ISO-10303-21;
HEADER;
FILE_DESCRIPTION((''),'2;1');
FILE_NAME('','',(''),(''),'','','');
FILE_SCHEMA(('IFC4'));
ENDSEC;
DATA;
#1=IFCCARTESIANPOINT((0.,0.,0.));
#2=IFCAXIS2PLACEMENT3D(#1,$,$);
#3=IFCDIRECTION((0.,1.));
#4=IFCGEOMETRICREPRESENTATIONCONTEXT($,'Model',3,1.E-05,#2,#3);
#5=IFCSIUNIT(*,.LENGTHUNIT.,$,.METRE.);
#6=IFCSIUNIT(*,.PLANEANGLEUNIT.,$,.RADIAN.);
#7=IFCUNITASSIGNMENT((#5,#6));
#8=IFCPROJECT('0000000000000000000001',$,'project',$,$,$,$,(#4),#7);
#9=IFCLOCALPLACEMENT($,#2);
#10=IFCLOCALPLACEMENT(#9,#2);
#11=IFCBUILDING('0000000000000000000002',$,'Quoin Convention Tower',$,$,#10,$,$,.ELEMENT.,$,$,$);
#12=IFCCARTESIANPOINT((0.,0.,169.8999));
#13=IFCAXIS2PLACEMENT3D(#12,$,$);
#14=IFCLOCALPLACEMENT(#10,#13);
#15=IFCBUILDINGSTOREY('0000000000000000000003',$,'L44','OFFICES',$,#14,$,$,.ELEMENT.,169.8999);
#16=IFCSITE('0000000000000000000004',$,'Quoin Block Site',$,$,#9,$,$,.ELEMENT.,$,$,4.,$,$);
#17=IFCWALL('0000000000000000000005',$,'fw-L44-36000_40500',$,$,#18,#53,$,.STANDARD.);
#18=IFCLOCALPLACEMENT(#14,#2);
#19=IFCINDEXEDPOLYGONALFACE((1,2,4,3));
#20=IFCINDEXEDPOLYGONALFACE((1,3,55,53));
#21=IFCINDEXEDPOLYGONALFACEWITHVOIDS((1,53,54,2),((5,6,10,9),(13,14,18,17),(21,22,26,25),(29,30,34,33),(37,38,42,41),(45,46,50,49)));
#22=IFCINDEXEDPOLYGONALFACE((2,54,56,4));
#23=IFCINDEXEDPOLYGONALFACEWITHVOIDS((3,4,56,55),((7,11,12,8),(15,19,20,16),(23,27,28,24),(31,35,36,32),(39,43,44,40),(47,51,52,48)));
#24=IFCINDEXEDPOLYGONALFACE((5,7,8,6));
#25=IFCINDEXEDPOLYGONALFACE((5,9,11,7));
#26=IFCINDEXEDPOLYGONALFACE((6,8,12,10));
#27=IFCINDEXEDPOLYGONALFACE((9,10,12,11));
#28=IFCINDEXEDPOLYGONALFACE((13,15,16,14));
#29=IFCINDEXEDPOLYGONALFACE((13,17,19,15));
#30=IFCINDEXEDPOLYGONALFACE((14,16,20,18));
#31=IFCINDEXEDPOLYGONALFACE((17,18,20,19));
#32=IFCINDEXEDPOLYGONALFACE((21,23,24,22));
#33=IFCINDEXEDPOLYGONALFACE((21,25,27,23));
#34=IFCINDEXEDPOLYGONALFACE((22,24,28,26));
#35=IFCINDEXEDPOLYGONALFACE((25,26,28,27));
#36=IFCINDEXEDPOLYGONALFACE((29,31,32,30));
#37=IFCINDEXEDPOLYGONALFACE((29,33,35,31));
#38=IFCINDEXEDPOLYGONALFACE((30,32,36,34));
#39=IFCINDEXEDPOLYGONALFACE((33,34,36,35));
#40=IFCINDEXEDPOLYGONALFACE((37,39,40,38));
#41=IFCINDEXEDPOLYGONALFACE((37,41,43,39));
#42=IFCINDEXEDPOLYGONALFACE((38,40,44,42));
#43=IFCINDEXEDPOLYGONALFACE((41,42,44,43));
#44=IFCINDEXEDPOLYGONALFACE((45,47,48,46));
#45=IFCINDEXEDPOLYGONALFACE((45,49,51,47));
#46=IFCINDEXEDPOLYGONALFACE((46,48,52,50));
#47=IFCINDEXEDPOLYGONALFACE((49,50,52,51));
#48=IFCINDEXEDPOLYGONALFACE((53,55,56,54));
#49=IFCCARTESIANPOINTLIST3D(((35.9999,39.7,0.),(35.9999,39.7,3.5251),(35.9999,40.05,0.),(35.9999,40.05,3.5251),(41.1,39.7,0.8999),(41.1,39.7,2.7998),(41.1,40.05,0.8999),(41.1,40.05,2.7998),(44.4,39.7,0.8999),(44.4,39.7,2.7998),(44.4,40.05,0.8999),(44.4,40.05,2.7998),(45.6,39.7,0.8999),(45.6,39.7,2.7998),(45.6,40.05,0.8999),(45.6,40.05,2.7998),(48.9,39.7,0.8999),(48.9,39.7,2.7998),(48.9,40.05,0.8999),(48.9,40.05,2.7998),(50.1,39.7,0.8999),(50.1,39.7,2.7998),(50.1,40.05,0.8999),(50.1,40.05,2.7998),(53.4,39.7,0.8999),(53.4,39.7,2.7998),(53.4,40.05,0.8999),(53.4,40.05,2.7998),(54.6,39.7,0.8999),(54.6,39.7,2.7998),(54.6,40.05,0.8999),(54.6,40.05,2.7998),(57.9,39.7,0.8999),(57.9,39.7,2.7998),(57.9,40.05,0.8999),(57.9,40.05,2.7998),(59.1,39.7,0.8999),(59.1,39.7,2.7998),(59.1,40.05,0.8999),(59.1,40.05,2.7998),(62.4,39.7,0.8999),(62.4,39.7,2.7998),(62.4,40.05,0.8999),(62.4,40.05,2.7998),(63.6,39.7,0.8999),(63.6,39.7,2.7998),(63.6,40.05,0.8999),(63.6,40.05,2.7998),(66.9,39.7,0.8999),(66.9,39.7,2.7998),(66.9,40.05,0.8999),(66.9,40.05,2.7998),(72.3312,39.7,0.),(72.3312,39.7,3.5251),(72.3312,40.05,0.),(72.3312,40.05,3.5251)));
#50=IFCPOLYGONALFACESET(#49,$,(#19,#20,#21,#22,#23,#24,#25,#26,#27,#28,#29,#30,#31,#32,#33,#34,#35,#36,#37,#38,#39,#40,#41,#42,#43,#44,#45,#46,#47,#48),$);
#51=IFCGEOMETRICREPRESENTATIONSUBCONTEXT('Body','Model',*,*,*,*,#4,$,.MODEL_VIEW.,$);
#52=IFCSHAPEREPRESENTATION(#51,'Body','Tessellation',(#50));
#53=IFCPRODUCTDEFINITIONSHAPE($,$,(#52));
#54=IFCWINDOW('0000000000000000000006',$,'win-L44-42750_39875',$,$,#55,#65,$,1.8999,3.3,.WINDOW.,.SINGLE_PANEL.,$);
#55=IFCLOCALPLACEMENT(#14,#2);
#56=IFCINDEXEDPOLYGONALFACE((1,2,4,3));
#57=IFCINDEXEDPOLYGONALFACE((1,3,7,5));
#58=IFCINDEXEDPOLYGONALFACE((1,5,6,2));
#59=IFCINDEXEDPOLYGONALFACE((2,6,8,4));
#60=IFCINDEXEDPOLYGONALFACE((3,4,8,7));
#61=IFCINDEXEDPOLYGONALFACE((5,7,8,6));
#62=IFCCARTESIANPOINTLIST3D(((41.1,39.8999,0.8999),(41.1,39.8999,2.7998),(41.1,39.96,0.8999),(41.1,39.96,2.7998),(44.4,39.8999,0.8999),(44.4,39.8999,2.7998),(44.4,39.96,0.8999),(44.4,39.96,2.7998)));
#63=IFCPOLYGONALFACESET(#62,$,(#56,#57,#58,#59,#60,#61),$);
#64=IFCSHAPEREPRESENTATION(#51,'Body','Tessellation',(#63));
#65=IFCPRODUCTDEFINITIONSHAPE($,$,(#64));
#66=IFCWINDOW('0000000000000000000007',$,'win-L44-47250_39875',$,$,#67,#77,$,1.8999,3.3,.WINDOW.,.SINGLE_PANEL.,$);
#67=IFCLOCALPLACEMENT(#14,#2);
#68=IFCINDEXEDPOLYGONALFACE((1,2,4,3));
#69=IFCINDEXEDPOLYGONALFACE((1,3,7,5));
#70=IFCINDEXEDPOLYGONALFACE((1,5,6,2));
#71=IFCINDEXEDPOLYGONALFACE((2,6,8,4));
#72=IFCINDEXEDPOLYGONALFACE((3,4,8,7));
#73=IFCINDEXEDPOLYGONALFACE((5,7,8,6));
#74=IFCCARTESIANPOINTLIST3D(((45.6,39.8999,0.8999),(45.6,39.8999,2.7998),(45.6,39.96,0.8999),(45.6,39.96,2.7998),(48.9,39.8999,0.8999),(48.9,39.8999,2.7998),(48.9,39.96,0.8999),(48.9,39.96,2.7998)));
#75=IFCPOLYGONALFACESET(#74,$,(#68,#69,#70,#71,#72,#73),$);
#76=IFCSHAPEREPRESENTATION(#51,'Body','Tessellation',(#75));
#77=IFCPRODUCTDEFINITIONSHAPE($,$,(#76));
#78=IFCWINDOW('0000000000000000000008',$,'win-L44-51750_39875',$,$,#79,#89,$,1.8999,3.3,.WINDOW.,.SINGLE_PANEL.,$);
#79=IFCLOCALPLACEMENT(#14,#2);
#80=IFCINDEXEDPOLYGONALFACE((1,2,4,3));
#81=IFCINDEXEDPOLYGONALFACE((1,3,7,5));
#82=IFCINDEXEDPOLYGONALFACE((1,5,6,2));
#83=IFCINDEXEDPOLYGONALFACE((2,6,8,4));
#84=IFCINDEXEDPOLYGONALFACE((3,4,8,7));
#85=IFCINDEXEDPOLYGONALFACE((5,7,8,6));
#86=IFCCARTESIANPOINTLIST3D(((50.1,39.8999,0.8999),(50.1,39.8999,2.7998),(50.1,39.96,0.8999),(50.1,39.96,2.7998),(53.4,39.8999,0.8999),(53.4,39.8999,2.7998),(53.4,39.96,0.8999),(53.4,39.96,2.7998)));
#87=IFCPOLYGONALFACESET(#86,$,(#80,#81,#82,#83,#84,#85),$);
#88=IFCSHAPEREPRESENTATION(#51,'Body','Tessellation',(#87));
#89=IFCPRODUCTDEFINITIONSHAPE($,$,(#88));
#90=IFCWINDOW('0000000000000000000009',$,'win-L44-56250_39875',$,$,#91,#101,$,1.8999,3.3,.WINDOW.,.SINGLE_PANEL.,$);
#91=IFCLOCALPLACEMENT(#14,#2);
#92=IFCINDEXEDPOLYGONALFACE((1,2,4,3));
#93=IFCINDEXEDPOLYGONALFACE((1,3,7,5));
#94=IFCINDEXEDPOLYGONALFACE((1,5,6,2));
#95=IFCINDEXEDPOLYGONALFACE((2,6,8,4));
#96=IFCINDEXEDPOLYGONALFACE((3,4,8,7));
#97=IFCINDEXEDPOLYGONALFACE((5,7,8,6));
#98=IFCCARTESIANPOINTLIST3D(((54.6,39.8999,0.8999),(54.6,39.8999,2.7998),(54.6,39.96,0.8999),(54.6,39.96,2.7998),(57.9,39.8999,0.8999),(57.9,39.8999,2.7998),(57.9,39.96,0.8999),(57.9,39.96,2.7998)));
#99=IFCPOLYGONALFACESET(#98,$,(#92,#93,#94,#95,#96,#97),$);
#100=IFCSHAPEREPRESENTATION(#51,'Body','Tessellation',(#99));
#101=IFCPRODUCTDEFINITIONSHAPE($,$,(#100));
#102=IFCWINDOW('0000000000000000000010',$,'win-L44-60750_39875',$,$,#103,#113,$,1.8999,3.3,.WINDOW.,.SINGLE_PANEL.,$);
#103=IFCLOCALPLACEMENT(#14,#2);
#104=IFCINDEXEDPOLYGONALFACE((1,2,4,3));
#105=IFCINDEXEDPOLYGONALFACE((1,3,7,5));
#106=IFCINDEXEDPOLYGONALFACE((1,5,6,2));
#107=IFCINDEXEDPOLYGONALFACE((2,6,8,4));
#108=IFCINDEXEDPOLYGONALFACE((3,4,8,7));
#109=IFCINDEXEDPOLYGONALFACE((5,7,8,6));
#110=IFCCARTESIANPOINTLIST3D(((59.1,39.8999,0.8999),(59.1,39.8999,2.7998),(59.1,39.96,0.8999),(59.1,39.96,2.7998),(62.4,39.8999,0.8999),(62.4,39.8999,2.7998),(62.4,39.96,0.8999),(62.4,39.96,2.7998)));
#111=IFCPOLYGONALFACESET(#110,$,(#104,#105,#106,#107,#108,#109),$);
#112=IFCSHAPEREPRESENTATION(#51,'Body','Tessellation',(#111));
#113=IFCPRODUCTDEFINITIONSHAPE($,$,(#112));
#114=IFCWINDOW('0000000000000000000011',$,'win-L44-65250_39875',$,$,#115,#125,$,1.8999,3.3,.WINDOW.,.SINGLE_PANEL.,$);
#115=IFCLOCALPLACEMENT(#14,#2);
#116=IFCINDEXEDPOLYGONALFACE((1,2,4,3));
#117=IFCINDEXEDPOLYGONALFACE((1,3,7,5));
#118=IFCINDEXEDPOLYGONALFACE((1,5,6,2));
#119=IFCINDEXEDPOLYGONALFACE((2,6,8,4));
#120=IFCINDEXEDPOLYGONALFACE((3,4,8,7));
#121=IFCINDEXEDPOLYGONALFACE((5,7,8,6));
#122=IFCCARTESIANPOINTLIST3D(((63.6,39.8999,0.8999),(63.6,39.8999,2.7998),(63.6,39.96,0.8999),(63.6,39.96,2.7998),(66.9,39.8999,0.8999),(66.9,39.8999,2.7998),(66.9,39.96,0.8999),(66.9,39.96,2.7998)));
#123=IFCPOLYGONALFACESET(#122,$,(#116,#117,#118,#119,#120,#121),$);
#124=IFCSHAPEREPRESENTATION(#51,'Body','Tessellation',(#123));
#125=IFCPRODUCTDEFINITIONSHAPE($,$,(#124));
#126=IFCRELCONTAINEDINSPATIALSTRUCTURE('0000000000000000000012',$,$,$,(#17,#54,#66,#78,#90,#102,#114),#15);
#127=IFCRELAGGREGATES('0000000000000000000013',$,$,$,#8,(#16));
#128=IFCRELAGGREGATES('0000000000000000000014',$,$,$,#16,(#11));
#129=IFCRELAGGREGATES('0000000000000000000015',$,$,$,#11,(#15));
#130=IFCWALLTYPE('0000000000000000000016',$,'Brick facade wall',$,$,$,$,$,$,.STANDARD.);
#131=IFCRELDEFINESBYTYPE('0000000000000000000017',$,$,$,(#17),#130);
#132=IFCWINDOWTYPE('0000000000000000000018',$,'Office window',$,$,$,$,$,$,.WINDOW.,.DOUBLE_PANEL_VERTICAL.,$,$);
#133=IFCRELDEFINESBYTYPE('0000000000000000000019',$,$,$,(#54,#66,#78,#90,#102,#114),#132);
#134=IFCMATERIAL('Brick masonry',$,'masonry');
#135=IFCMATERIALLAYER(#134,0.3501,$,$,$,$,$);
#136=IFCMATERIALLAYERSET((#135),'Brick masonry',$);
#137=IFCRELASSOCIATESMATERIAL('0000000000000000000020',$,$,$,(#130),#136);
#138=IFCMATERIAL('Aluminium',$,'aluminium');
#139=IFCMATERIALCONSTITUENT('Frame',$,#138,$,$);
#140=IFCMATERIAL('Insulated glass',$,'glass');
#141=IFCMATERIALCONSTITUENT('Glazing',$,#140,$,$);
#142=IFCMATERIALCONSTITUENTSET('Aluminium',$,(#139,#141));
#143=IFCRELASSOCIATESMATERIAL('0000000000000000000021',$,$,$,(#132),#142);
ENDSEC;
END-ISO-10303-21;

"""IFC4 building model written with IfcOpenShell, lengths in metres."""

from ifc_helpers import new_model, si_unit, direction, frame, frame_2d, origin, place, context, subcontext, project, spatial, rectangle, extrude, material, layer, layer_set, constituent, constituent_set, type_object, element, fill, save


model = new_model("IFC4")

# Units and contexts
model_context = context("Model", 3, precision=1e-05, world=origin(), true_north=direction((0.0, 1.0)))
body_context = subcontext(model_context, "Body", "Model", "MODEL_VIEW")
ifc_project = project(units=[si_unit("LENGTHUNIT", "METRE"), si_unit("PLANEANGLEUNIT", "RADIAN")], contexts=[model_context])

# Site, building, storey
site_placement = place(None, origin())
site = spatial("IfcSite", under=ifc_project, at=site_placement, Name="Quoin Block Site", CompositionType="ELEMENT", RefElevation=4.0)
building_placement = place(site_placement, origin())
building = spatial("IfcBuilding", under=site, at=building_placement, Name="Quoin Convention Tower", CompositionType="ELEMENT")
storey_placement = place(building_placement, frame((0.0, 0.0, 169.8999)))
storey = spatial("IfcBuildingStorey", under=building, at=storey_placement, Name="L44", Description="OFFICES", CompositionType="ELEMENT", Elevation=169.8999)

# Wall, openings, windows
ifc_material_1 = material(Name="Brick masonry", Category="masonry")
ifc_layer_1 = layer(ifc_material_1, 0.3501)
ifc_layer_set_1 = layer_set([ifc_layer_1], Name="Brick masonry")
wall_type = type_object("IfcWallType", Name="Brick facade wall", PredefinedType="STANDARD", material=ifc_layer_set_1)
wall_1_placement = place(storey_placement, frame((36.0, 39.875, 0.0), z_axis=(0.0, 0.0, 1.0), x_axis=(1.0, 0.0, 0.0)))
wall_1 = element("IfcWall", 1, at=wall_1_placement, inside=storey, type_object=wall_type, Name="fw-L44-36000_40500", PredefinedType="STANDARD", context=body_context, shape_type="SweptSolid", body=[
    extrude(rectangle(XDim=36.3313, YDim=0.3501, at=frame_2d((18.1655, 0.0))), origin(), (0.0, 0.0, 1.0), 3.5251),
])
opening_1_placement = place(wall_1_placement, frame((5.1001, 0.0, 0.8999)))
opening_1 = element("IfcOpeningElement", 2, at=opening_1_placement, cuts=wall_1, PredefinedType="OPENING", context=body_context, shape_type="SweptSolid", body=[
    extrude(rectangle(XDim=3.3, YDim=1.8999, at=frame_2d((1.6499, 0.95))), frame((0.0, 0.1851, 0.0), z_axis=(0.0, -1.0, 0.0), x_axis=(1.0, 0.0, 0.0)), (0.0, 0.0, 1.0), 0.3701),
])
opening_2_placement = place(wall_1_placement, frame((9.6001, 0.0, 0.8999)))
opening_2 = element("IfcOpeningElement", 3, at=opening_2_placement, cuts=wall_1, PredefinedType="OPENING", context=body_context, shape_type="SweptSolid", body=[
    extrude(rectangle(XDim=3.3, YDim=1.8999, at=frame_2d((1.6499, 0.95))), frame((0.0, 0.1851, 0.0), z_axis=(0.0, -1.0, 0.0), x_axis=(1.0, 0.0, 0.0)), (0.0, 0.0, 1.0), 0.3701),
])
opening_3_placement = place(wall_1_placement, frame((14.1001, 0.0, 0.8999)))
opening_3 = element("IfcOpeningElement", 4, at=opening_3_placement, cuts=wall_1, PredefinedType="OPENING", context=body_context, shape_type="SweptSolid", body=[
    extrude(rectangle(XDim=3.3, YDim=1.8999, at=frame_2d((1.6499, 0.95))), frame((0.0, 0.1851, 0.0), z_axis=(0.0, -1.0, 0.0), x_axis=(1.0, 0.0, 0.0)), (0.0, 0.0, 1.0), 0.3701),
])
opening_4_placement = place(wall_1_placement, frame((18.6001, 0.0, 0.8999)))
opening_4 = element("IfcOpeningElement", 5, at=opening_4_placement, cuts=wall_1, PredefinedType="OPENING", context=body_context, shape_type="SweptSolid", body=[
    extrude(rectangle(XDim=3.3, YDim=1.8999, at=frame_2d((1.6499, 0.95))), frame((0.0, 0.1851, 0.0), z_axis=(0.0, -1.0, 0.0), x_axis=(1.0, 0.0, 0.0)), (0.0, 0.0, 1.0), 0.3701),
])
opening_5_placement = place(wall_1_placement, frame((23.1001, 0.0, 0.8999)))
opening_5 = element("IfcOpeningElement", 6, at=opening_5_placement, cuts=wall_1, PredefinedType="OPENING", context=body_context, shape_type="SweptSolid", body=[
    extrude(rectangle(XDim=3.3, YDim=1.8999, at=frame_2d((1.6499, 0.95))), frame((0.0, 0.1851, 0.0), z_axis=(0.0, -1.0, 0.0), x_axis=(1.0, 0.0, 0.0)), (0.0, 0.0, 1.0), 0.3701),
])
opening_6_placement = place(wall_1_placement, frame((27.6001, 0.0, 0.8999)))
opening_6 = element("IfcOpeningElement", 7, at=opening_6_placement, cuts=wall_1, PredefinedType="OPENING", context=body_context, shape_type="SweptSolid", body=[
    extrude(rectangle(XDim=3.3, YDim=1.8999, at=frame_2d((1.6499, 0.95))), frame((0.0, 0.1851, 0.0), z_axis=(0.0, -1.0, 0.0), x_axis=(1.0, 0.0, 0.0)), (0.0, 0.0, 1.0), 0.3701),
])
ifc_material_2 = material(Name="Aluminium", Category="aluminium")
ifc_constituent_1 = constituent(ifc_material_2, Name="Frame")
ifc_material_3 = material(Name="Insulated glass", Category="glass")
ifc_constituent_2 = constituent(ifc_material_3, Name="Glazing")
ifc_constituent_set = constituent_set(constituents=[ifc_constituent_1, ifc_constituent_2], Name="Aluminium")
window_type = type_object("IfcWindowType", Name="Office window", PartitioningType="DOUBLE_PANEL_VERTICAL", PredefinedType="WINDOW", material=ifc_constituent_set)
window_1_placement = place(opening_1_placement, origin())
window_1 = element("IfcWindow", 8, at=window_1_placement, inside=storey, type_object=window_type, Name="win-L44-42750_39875", OverallHeight=1.8999, OverallWidth=3.3, PartitioningType="SINGLE_PANEL", PredefinedType="WINDOW", context=body_context, shape_type="SweptSolid", body=[
    extrude(rectangle(XDim=3.3, YDim=1.8999, at=frame_2d((1.6499, 0.95))), frame((0.0, 0.085, 0.0), z_axis=(0.0, -1.0, 0.0), x_axis=(1.0, 0.0, 0.0)), (0.0, 0.0, 1.0), 0.0601),
])
fill(opening_1, window_1)
window_2_placement = place(opening_2_placement, origin())
window_2 = element("IfcWindow", 9, at=window_2_placement, inside=storey, type_object=window_type, Name="win-L44-47250_39875", OverallHeight=1.8999, OverallWidth=3.3, PartitioningType="SINGLE_PANEL", PredefinedType="WINDOW", context=body_context, shape_type="SweptSolid", body=[
    extrude(rectangle(XDim=3.3, YDim=1.8999, at=frame_2d((1.6499, 0.95))), frame((0.0, 0.085, 0.0), z_axis=(0.0, -1.0, 0.0), x_axis=(1.0, 0.0, 0.0)), (0.0, 0.0, 1.0), 0.0601),
])
fill(opening_2, window_2)
window_3_placement = place(opening_3_placement, origin())
window_3 = element("IfcWindow", 10, at=window_3_placement, inside=storey, type_object=window_type, Name="win-L44-51750_39875", OverallHeight=1.8999, OverallWidth=3.3, PartitioningType="SINGLE_PANEL", PredefinedType="WINDOW", context=body_context, shape_type="SweptSolid", body=[
    extrude(rectangle(XDim=3.3, YDim=1.8999, at=frame_2d((1.6499, 0.95))), frame((0.0, 0.085, 0.0), z_axis=(0.0, -1.0, 0.0), x_axis=(1.0, 0.0, 0.0)), (0.0, 0.0, 1.0), 0.0601),
])
fill(opening_3, window_3)
window_4_placement = place(opening_4_placement, origin())
window_4 = element("IfcWindow", 11, at=window_4_placement, inside=storey, type_object=window_type, Name="win-L44-56250_39875", OverallHeight=1.8999, OverallWidth=3.3, PartitioningType="SINGLE_PANEL", PredefinedType="WINDOW", context=body_context, shape_type="SweptSolid", body=[
    extrude(rectangle(XDim=3.3, YDim=1.8999, at=frame_2d((1.6499, 0.95))), frame((0.0, 0.085, 0.0), z_axis=(0.0, -1.0, 0.0), x_axis=(1.0, 0.0, 0.0)), (0.0, 0.0, 1.0), 0.0601),
])
fill(opening_4, window_4)
window_5_placement = place(opening_5_placement, origin())
window_5 = element("IfcWindow", 12, at=window_5_placement, inside=storey, type_object=window_type, Name="win-L44-60750_39875", OverallHeight=1.8999, OverallWidth=3.3, PartitioningType="SINGLE_PANEL", PredefinedType="WINDOW", context=body_context, shape_type="SweptSolid", body=[
    extrude(rectangle(XDim=3.3, YDim=1.8999, at=frame_2d((1.6499, 0.95))), frame((0.0, 0.085, 0.0), z_axis=(0.0, -1.0, 0.0), x_axis=(1.0, 0.0, 0.0)), (0.0, 0.0, 1.0), 0.0601),
])
fill(opening_5, window_5)
window_6_placement = place(opening_6_placement, origin())
window_6 = element("IfcWindow", 13, at=window_6_placement, inside=storey, type_object=window_type, Name="win-L44-65250_39875", OverallHeight=1.8999, OverallWidth=3.3, PartitioningType="SINGLE_PANEL", PredefinedType="WINDOW", context=body_context, shape_type="SweptSolid", body=[
    extrude(rectangle(XDim=3.3, YDim=1.8999, at=frame_2d((1.6499, 0.95))), frame((0.0, 0.085, 0.0), z_axis=(0.0, -1.0, 0.0), x_axis=(1.0, 0.0, 0.0)), (0.0, 0.0, 1.0), 0.0601),
])
fill(opening_6, window_6)

save(model, "model.ifc")
